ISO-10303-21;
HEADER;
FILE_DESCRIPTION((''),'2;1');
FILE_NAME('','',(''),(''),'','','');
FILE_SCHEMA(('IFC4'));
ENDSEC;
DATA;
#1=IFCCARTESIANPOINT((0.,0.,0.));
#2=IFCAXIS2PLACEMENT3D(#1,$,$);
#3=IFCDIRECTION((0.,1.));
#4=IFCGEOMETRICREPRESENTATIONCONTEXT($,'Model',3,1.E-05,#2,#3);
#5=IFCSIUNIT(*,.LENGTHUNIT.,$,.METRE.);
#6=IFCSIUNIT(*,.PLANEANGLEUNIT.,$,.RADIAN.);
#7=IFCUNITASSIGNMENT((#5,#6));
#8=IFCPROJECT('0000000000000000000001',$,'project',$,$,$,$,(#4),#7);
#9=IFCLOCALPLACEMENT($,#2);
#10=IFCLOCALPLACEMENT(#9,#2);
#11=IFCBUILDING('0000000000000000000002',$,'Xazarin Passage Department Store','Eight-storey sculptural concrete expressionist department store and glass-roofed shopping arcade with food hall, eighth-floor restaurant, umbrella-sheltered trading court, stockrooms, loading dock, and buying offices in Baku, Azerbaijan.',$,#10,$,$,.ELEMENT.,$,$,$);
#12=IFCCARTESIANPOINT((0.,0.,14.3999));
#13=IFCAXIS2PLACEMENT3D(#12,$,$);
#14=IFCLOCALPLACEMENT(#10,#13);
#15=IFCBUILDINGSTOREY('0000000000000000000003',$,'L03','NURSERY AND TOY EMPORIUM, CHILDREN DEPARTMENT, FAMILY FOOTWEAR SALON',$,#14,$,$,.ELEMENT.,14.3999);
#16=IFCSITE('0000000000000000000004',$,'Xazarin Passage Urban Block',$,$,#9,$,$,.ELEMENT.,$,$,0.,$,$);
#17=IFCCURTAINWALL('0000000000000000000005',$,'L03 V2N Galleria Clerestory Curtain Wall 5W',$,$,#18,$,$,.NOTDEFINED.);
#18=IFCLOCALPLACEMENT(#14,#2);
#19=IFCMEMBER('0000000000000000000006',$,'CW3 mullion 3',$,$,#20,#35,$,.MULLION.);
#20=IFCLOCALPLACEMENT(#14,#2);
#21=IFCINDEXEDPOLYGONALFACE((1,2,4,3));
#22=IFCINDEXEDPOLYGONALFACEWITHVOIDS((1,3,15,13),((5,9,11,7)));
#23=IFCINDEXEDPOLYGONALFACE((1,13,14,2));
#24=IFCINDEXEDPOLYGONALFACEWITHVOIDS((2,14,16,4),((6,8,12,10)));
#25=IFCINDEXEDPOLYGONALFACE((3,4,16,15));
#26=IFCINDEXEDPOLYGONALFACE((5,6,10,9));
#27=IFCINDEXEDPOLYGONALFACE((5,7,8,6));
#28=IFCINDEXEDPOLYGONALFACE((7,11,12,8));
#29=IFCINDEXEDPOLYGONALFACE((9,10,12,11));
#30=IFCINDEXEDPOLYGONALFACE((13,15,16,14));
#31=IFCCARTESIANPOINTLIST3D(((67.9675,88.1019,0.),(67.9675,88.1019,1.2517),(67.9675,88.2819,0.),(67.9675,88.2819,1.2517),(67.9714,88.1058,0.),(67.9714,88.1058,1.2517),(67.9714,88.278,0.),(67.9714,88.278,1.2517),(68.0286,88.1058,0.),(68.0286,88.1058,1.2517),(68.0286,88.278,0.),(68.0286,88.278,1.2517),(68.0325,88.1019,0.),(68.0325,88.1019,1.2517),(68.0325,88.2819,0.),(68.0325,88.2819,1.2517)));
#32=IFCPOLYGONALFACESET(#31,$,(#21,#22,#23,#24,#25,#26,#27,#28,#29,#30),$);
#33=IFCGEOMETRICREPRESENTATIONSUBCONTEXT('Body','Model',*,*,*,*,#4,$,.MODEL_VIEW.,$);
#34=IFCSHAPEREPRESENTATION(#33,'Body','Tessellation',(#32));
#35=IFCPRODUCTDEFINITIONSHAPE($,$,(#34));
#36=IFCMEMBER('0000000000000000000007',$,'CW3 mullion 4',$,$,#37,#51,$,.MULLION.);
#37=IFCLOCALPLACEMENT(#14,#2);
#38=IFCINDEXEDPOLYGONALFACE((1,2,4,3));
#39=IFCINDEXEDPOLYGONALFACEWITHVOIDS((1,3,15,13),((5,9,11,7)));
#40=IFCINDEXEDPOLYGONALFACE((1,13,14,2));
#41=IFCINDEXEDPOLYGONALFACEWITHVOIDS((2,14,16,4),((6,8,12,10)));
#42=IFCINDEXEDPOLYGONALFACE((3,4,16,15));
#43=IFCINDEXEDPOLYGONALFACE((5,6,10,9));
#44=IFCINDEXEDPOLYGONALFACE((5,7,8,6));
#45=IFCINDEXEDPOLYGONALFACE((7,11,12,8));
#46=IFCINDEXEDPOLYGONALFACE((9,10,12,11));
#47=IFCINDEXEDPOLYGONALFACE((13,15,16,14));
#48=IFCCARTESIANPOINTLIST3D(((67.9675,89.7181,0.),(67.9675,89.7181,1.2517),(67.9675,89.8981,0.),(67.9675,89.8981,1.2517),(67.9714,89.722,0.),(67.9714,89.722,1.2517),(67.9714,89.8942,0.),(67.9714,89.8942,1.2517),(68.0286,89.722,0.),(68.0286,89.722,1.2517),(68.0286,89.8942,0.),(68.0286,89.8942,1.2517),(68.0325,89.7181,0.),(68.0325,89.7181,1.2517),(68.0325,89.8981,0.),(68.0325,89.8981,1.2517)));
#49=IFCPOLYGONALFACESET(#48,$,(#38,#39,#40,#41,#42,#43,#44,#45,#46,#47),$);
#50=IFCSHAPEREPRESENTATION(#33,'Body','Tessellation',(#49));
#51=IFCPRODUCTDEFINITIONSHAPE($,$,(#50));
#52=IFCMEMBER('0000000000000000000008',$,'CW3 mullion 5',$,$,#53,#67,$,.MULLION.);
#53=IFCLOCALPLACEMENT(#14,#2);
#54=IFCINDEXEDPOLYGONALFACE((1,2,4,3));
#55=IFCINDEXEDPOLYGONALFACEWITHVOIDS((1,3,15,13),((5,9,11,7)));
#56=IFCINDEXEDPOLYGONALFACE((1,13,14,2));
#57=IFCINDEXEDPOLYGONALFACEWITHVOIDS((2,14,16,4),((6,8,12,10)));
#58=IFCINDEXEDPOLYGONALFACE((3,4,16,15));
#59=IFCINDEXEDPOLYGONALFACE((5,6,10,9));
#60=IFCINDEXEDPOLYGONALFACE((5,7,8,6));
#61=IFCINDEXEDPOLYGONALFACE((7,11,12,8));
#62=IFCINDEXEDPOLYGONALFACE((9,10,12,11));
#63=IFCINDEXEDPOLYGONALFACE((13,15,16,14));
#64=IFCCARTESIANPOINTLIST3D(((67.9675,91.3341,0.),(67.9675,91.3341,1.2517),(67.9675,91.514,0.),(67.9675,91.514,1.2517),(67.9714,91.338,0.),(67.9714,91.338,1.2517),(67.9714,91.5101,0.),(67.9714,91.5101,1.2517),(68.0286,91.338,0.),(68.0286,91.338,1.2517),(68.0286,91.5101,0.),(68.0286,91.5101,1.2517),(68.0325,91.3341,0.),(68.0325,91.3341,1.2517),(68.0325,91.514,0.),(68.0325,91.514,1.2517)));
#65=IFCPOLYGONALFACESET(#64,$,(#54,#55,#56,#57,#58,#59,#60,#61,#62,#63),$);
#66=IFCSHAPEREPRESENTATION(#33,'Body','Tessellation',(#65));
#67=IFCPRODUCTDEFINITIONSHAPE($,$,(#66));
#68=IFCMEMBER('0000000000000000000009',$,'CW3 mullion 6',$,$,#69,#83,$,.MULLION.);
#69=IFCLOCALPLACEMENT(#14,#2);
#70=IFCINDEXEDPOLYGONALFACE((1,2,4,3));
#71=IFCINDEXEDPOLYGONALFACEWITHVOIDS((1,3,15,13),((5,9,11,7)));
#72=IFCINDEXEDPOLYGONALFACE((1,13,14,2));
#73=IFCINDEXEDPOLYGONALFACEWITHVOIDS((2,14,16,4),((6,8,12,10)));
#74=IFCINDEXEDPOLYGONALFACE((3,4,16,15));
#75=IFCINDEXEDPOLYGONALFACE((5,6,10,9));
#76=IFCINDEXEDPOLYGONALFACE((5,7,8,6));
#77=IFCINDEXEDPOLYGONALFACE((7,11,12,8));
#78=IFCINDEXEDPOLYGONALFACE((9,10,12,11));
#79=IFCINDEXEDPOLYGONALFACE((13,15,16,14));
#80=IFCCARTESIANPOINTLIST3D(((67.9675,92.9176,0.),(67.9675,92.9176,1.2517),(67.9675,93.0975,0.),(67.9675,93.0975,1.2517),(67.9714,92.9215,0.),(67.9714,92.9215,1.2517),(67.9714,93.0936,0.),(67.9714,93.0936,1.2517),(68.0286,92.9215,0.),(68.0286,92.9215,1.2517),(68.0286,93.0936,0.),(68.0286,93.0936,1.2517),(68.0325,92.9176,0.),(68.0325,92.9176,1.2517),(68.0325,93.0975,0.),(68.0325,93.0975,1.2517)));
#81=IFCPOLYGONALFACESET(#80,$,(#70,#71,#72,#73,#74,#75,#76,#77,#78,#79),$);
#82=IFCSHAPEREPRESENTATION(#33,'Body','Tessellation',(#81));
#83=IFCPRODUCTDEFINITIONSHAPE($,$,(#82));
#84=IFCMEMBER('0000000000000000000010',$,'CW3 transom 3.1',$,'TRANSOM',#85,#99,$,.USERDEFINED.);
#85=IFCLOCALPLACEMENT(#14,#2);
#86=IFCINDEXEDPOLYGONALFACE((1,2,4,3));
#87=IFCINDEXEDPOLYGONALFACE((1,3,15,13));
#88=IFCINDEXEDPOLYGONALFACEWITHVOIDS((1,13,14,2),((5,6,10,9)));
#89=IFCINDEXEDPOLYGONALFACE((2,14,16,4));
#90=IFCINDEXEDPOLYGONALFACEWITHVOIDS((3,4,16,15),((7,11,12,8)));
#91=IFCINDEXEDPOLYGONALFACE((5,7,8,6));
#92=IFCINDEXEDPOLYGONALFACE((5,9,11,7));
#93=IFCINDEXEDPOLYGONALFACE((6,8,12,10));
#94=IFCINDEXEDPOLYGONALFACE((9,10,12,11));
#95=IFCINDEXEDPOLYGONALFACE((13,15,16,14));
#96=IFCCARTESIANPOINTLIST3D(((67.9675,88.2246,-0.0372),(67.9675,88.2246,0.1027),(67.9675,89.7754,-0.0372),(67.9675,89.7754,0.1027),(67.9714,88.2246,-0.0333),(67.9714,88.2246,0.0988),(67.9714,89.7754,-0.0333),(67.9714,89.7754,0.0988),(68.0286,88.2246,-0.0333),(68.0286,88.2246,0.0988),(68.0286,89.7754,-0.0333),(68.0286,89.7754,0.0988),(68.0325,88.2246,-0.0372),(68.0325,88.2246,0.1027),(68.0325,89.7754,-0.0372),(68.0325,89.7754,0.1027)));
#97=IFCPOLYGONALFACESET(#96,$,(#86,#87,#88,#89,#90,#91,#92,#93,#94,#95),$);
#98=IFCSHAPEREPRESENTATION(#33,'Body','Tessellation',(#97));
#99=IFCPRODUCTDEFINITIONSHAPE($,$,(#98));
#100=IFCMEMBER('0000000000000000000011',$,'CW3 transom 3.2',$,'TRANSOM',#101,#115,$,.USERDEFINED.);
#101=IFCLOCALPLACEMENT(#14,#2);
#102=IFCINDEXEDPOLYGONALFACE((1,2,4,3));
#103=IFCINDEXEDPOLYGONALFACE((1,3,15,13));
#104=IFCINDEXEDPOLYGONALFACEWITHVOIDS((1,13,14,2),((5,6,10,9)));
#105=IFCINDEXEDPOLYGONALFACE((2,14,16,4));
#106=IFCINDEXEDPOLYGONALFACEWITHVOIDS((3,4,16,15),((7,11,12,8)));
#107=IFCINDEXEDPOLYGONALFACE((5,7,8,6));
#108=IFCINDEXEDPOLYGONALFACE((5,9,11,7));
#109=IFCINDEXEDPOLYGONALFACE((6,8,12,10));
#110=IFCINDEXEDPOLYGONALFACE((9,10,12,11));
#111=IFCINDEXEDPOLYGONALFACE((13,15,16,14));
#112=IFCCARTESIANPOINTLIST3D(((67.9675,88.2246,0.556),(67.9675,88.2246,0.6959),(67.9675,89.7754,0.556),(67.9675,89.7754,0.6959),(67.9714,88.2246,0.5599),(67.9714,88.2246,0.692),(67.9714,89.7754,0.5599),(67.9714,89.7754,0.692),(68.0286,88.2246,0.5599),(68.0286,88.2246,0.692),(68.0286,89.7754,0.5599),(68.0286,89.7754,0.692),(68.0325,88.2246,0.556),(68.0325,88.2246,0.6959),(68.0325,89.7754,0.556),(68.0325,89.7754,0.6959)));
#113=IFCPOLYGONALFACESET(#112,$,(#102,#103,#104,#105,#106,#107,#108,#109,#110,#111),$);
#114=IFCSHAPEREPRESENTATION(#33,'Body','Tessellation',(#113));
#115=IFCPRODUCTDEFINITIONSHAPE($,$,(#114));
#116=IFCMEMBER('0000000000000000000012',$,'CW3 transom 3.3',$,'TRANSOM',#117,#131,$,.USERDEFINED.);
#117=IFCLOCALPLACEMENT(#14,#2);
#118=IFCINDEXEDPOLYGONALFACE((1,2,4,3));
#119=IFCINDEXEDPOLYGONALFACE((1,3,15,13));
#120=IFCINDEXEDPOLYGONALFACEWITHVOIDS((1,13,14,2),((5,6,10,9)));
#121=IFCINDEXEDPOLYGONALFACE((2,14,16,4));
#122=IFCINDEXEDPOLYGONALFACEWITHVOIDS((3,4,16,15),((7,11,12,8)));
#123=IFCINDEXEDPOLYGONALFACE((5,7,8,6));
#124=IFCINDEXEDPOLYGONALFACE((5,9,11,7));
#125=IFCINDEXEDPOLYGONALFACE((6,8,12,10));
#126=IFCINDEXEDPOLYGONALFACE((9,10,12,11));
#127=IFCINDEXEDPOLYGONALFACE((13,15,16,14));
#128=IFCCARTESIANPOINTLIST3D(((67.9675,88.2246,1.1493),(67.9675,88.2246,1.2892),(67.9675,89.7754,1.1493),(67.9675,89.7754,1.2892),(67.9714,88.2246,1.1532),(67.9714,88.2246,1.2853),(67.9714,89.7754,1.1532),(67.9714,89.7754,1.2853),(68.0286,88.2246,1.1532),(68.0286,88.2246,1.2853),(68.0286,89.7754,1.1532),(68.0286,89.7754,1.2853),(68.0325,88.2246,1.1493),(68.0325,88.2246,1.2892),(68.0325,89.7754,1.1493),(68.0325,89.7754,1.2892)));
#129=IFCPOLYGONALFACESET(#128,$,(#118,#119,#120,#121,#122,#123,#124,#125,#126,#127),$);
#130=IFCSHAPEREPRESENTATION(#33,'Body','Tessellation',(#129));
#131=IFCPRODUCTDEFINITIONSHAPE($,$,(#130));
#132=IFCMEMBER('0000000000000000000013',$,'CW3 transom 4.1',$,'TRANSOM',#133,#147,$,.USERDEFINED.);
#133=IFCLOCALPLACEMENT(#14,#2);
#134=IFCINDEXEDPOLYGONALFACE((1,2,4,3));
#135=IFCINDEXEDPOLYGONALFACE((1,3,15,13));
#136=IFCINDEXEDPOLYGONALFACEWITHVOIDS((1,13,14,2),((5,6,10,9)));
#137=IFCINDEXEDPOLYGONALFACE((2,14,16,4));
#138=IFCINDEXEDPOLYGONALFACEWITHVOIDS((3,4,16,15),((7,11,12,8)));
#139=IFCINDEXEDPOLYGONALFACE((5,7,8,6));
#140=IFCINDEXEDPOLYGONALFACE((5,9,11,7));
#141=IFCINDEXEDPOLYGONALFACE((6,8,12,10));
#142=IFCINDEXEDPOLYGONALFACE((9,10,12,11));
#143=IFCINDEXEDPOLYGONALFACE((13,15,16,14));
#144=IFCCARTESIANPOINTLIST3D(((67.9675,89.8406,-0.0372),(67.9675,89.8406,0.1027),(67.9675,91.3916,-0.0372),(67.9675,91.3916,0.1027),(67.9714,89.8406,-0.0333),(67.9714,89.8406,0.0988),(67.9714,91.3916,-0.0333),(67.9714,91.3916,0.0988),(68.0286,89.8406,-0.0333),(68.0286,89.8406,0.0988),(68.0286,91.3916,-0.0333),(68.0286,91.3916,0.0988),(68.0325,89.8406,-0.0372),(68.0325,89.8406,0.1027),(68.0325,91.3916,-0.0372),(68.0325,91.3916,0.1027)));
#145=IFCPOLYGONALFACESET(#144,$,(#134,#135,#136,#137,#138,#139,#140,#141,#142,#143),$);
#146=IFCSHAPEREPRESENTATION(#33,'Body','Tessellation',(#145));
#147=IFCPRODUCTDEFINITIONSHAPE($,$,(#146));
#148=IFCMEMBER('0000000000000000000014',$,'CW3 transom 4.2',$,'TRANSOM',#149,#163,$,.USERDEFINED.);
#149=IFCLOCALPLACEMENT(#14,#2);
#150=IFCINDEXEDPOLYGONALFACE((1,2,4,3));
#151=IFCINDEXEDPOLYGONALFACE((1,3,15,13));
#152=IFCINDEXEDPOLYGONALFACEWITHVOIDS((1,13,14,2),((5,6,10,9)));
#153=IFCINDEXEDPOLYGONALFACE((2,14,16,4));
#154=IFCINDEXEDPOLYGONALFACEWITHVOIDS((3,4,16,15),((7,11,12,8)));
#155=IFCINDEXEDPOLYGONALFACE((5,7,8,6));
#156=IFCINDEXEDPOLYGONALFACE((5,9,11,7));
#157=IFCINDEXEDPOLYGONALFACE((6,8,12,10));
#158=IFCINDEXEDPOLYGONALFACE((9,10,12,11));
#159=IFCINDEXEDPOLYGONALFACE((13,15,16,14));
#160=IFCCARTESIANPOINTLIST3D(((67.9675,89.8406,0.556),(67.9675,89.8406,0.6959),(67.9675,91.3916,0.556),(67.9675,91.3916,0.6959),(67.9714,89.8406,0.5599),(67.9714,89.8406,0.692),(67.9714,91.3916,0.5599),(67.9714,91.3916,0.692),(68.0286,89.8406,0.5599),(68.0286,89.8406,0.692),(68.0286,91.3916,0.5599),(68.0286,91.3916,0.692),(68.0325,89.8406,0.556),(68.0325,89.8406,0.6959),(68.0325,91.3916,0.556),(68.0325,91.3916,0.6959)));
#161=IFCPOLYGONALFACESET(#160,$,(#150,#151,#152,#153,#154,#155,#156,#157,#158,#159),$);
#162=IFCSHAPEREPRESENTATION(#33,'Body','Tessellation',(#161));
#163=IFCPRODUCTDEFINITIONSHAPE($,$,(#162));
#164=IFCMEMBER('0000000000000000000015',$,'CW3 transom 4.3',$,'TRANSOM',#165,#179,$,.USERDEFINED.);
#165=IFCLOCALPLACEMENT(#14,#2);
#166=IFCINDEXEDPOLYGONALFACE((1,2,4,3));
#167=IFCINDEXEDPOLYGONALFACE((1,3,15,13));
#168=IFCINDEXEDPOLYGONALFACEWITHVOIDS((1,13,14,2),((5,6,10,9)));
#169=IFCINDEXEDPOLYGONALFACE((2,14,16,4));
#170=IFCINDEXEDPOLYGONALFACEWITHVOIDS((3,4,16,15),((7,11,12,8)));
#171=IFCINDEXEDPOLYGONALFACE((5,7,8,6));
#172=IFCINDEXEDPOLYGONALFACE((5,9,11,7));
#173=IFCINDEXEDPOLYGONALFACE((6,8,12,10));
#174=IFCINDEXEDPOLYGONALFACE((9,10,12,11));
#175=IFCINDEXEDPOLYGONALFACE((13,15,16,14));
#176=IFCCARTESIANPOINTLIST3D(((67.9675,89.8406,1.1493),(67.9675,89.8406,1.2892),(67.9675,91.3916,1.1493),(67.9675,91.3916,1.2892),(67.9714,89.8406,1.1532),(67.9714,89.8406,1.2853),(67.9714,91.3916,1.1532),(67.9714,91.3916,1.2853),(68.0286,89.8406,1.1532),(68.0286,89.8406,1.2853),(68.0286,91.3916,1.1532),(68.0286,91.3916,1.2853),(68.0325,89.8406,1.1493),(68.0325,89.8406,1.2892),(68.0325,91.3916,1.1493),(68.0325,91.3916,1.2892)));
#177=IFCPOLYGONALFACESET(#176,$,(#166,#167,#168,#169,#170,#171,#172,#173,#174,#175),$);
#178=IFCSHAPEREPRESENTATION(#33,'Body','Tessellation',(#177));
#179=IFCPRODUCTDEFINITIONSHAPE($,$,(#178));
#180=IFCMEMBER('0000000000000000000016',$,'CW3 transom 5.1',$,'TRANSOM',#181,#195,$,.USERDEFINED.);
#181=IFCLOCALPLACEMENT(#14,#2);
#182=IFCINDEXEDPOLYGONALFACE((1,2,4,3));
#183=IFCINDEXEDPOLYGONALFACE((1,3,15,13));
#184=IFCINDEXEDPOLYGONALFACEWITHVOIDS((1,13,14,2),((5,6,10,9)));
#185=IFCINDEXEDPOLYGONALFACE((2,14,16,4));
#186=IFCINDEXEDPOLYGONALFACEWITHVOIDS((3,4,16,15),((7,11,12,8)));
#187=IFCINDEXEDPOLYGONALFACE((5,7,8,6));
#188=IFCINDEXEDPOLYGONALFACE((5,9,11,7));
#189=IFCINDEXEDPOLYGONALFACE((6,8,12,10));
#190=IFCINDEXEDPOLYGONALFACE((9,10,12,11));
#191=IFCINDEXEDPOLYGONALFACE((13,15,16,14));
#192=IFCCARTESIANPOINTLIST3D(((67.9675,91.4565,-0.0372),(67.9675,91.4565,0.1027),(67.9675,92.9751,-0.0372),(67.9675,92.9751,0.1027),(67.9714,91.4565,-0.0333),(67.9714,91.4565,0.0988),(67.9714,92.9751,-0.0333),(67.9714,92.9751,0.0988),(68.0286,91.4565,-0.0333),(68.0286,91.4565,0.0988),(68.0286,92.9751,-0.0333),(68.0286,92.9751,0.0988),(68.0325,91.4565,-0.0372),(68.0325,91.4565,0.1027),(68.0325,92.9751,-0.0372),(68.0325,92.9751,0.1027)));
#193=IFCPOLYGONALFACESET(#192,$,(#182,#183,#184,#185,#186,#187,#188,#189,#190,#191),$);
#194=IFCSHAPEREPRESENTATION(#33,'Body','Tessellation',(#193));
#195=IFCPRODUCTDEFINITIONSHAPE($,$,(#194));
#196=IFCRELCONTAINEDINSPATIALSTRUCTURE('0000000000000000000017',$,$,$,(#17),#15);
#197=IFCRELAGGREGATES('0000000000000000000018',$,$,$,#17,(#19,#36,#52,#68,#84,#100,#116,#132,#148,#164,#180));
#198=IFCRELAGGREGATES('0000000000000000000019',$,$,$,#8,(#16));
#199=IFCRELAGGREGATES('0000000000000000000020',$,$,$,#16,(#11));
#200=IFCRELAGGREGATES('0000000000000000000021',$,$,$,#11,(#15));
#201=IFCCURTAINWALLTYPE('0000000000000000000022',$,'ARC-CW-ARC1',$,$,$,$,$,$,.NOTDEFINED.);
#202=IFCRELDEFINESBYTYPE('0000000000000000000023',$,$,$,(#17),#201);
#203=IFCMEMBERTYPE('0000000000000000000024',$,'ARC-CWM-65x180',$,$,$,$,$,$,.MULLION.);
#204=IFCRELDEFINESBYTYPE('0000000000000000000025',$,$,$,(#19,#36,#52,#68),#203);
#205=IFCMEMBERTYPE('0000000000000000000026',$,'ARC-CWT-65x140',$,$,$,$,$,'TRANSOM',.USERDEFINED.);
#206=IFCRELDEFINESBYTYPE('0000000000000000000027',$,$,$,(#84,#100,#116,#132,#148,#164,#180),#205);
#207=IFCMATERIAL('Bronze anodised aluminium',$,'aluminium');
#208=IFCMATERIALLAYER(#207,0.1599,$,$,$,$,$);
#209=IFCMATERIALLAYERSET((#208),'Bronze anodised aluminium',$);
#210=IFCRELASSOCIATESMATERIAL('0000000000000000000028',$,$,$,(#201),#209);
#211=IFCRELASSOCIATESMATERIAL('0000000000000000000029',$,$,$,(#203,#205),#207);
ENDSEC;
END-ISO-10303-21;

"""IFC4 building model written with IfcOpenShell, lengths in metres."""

from ifc_helpers import new_model, si_unit, direction, frame, origin, origin_2d, place, context, subcontext, project, spatial, hollow_rectangle, extrude, material, layer, layer_set, material_profile, profile_set, type_object, element, aggregate, save


model = new_model("IFC4")

# Units and contexts
model_context = context("Model", 3, precision=1e-05, world=origin(), true_north=direction((0.0, 1.0)))
body_context = subcontext(model_context, "Body", "Model", "MODEL_VIEW")
ifc_project = project(units=[si_unit("LENGTHUNIT", "METRE"), si_unit("PLANEANGLEUNIT", "RADIAN")], contexts=[model_context])

# Site, building, storey
site_placement = place(None, origin())
site = spatial("IfcSite", under=ifc_project, at=site_placement, Name="Xazarin Passage Urban Block", CompositionType="ELEMENT", RefElevation=0.0)
building_placement = place(site_placement, origin())
building = spatial("IfcBuilding", under=site, at=building_placement, Name="Xazarin Passage Department Store", Description="Eight-storey sculptural concrete expressionist department store and glass-roofed shopping arcade with food hall, eighth-floor restaurant, umbrella-sheltered trading court, stockrooms, loading dock, and buying offices in Baku, Azerbaijan.", CompositionType="ELEMENT")
storey_placement = place(building_placement, frame((0.0, 0.0, 14.3999)))
storey = spatial("IfcBuildingStorey", under=building, at=storey_placement, Name="L03", Description="NURSERY AND TOY EMPORIUM, CHILDREN DEPARTMENT, FAMILY FOOTWEAR SALON", CompositionType="ELEMENT", Elevation=14.3999)

# Curtain wall, members
ifc_material_1 = material(Name="Bronze anodised aluminium", Category="aluminium")
ifc_layer_1 = layer(ifc_material_1, 0.1599)
ifc_layer_set_1 = layer_set([ifc_layer_1], Name="Bronze anodised aluminium")
curtain_wall_type = type_object("IfcCurtainWallType", Name="ARC-CW-ARC1", PredefinedType="NOTDEFINED", material=ifc_layer_set_1)
curtain_wall_placement = place(storey_placement, origin())
curtain_wall = element("IfcCurtainWall", 1, at=curtain_wall_placement, inside=storey, type_object=curtain_wall_type, Name="L03 V2N Galleria Clerestory Curtain Wall 5W", PredefinedType="NOTDEFINED")
ifc_material_profile_1 = material_profile(ifc_material_1, hollow_rectangle(XDim=0.0649, YDim=0.1799, WallThickness=0.0039, at=origin_2d()), Name="ALU 65x180")
ifc_profile_set_1 = profile_set([ifc_material_profile_1], Name="Bronze anodised aluminium")
member_type_1 = type_object("IfcMemberType", Name="ARC-CWM-65x180", PredefinedType="MULLION", material=ifc_profile_set_1)
member_1_placement = place(storey_placement, frame((68.0, 88.1919, 0.0), z_axis=(0.0, 0.0, 1.0), x_axis=(-1.0, 0.0, 0.0)))
member_1 = element("IfcMember", 2, at=member_1_placement, type_object=member_type_1, Name="CW3 mullion 3", PredefinedType="MULLION", context=body_context, shape_type="SweptSolid", body=[
    extrude(hollow_rectangle(XDim=0.0649, YDim=0.1799, WallThickness=0.0039, at=origin_2d()), origin(), (0.0, 0.0, 1.0), 1.2517),
])
member_2_placement = place(storey_placement, frame((68.0, 89.8081, 0.0), z_axis=(0.0, 0.0, 1.0), x_axis=(-1.0, 0.0, 0.0)))
member_2 = element("IfcMember", 3, at=member_2_placement, type_object=member_type_1, Name="CW3 mullion 4", PredefinedType="MULLION", context=body_context, shape_type="SweptSolid", body=[
    extrude(hollow_rectangle(XDim=0.0649, YDim=0.1799, WallThickness=0.0039, at=origin_2d()), origin(), (0.0, 0.0, 1.0), 1.2517),
])
member_3_placement = place(storey_placement, frame((68.0, 91.4241, 0.0), z_axis=(0.0, 0.0, 1.0), x_axis=(-1.0, 0.0, 0.0)))
member_3 = element("IfcMember", 4, at=member_3_placement, type_object=member_type_1, Name="CW3 mullion 5", PredefinedType="MULLION", context=body_context, shape_type="SweptSolid", body=[
    extrude(hollow_rectangle(XDim=0.0649, YDim=0.1799, WallThickness=0.0039, at=origin_2d()), origin(), (0.0, 0.0, 1.0), 1.2517),
])
member_4_placement = place(storey_placement, frame((68.0, 93.0076, 0.0), z_axis=(0.0, 0.0, 1.0), x_axis=(-1.0, 0.0, 0.0)))
member_4 = element("IfcMember", 5, at=member_4_placement, type_object=member_type_1, Name="CW3 mullion 6", PredefinedType="MULLION", context=body_context, shape_type="SweptSolid", body=[
    extrude(hollow_rectangle(XDim=0.0649, YDim=0.1799, WallThickness=0.0039, at=origin_2d()), origin(), (0.0, 0.0, 1.0), 1.2517),
])
ifc_material_profile_2 = material_profile(ifc_material_1, hollow_rectangle(XDim=0.0649, YDim=0.1399, WallThickness=0.0039, at=origin_2d()), Name="ALU 65x140")
ifc_profile_set_2 = profile_set([ifc_material_profile_2], Name="Bronze anodised aluminium")
member_type_2 = type_object("IfcMemberType", Name="ARC-CWT-65x140", ElementType="TRANSOM", PredefinedType="USERDEFINED", material=ifc_profile_set_2)
member_5_placement = place(storey_placement, frame((68.0, 88.2246, 0.0327), z_axis=(0.0, 1.0, 0.0), x_axis=(-1.0, 0.0, 0.0)))
member_5 = element("IfcMember", 6, at=member_5_placement, type_object=member_type_2, Name="CW3 transom 3.1", ObjectType="TRANSOM", PredefinedType="USERDEFINED", context=body_context, shape_type="SweptSolid", body=[
    extrude(hollow_rectangle(XDim=0.0649, YDim=0.1399, WallThickness=0.0039, at=origin_2d()), origin(), (0.0, 0.0, 1.0), 1.5508),
])
member_6_placement = place(storey_placement, frame((68.0, 88.2246, 0.626), z_axis=(0.0, 1.0, 0.0), x_axis=(-1.0, 0.0, 0.0)))
member_6 = element("IfcMember", 7, at=member_6_placement, type_object=member_type_2, Name="CW3 transom 3.2", ObjectType="TRANSOM", PredefinedType="USERDEFINED", context=body_context, shape_type="SweptSolid", body=[
    extrude(hollow_rectangle(XDim=0.0649, YDim=0.1399, WallThickness=0.0039, at=origin_2d()), origin(), (0.0, 0.0, 1.0), 1.5508),
])
member_7_placement = place(storey_placement, frame((68.0, 88.2246, 1.2192), z_axis=(0.0, 1.0, 0.0), x_axis=(-1.0, 0.0, 0.0)))
member_7 = element("IfcMember", 8, at=member_7_placement, type_object=member_type_2, Name="CW3 transom 3.3", ObjectType="TRANSOM", PredefinedType="USERDEFINED", context=body_context, shape_type="SweptSolid", body=[
    extrude(hollow_rectangle(XDim=0.0649, YDim=0.1399, WallThickness=0.0039, at=origin_2d()), origin(), (0.0, 0.0, 1.0), 1.5508),
])
member_8_placement = place(storey_placement, frame((68.0, 89.8406, 0.0327), z_axis=(0.0, 1.0, 0.0), x_axis=(-1.0, 0.0, 0.0)))
member_8 = element("IfcMember", 9, at=member_8_placement, type_object=member_type_2, Name="CW3 transom 4.1", ObjectType="TRANSOM", PredefinedType="USERDEFINED", context=body_context, shape_type="SweptSolid", body=[
    extrude(hollow_rectangle(XDim=0.0649, YDim=0.1399, WallThickness=0.0039, at=origin_2d()), origin(), (0.0, 0.0, 1.0), 1.551),
])
member_9_placement = place(storey_placement, frame((68.0, 89.8406, 0.626), z_axis=(0.0, 1.0, 0.0), x_axis=(-1.0, 0.0, 0.0)))
member_9 = element("IfcMember", 10, at=member_9_placement, type_object=member_type_2, Name="CW3 transom 4.2", ObjectType="TRANSOM", PredefinedType="USERDEFINED", context=body_context, shape_type="SweptSolid", body=[
    extrude(hollow_rectangle(XDim=0.0649, YDim=0.1399, WallThickness=0.0039, at=origin_2d()), origin(), (0.0, 0.0, 1.0), 1.551),
])
member_10_placement = place(storey_placement, frame((68.0, 89.8406, 1.2192), z_axis=(0.0, 1.0, 0.0), x_axis=(-1.0, 0.0, 0.0)))
member_10 = element("IfcMember", 11, at=member_10_placement, type_object=member_type_2, Name="CW3 transom 4.3", ObjectType="TRANSOM", PredefinedType="USERDEFINED", context=body_context, shape_type="SweptSolid", body=[
    extrude(hollow_rectangle(XDim=0.0649, YDim=0.1399, WallThickness=0.0039, at=origin_2d()), origin(), (0.0, 0.0, 1.0), 1.551),
])
member_11_placement = place(storey_placement, frame((68.0, 91.4565, 0.0327), z_axis=(0.0, 1.0, 0.0), x_axis=(-1.0, 0.0, 0.0)))
member_11 = element("IfcMember", 12, at=member_11_placement, type_object=member_type_2, Name="CW3 transom 5.1", ObjectType="TRANSOM", PredefinedType="USERDEFINED", context=body_context, shape_type="SweptSolid", body=[
    extrude(hollow_rectangle(XDim=0.0649, YDim=0.1399, WallThickness=0.0039, at=origin_2d()), origin(), (0.0, 0.0, 1.0), 1.5186),
])
aggregate(curtain_wall, [member_1, member_2, member_3, member_4, member_5, member_6, member_7, member_8, member_9, member_10, member_11])

save(model, "model.ifc")
